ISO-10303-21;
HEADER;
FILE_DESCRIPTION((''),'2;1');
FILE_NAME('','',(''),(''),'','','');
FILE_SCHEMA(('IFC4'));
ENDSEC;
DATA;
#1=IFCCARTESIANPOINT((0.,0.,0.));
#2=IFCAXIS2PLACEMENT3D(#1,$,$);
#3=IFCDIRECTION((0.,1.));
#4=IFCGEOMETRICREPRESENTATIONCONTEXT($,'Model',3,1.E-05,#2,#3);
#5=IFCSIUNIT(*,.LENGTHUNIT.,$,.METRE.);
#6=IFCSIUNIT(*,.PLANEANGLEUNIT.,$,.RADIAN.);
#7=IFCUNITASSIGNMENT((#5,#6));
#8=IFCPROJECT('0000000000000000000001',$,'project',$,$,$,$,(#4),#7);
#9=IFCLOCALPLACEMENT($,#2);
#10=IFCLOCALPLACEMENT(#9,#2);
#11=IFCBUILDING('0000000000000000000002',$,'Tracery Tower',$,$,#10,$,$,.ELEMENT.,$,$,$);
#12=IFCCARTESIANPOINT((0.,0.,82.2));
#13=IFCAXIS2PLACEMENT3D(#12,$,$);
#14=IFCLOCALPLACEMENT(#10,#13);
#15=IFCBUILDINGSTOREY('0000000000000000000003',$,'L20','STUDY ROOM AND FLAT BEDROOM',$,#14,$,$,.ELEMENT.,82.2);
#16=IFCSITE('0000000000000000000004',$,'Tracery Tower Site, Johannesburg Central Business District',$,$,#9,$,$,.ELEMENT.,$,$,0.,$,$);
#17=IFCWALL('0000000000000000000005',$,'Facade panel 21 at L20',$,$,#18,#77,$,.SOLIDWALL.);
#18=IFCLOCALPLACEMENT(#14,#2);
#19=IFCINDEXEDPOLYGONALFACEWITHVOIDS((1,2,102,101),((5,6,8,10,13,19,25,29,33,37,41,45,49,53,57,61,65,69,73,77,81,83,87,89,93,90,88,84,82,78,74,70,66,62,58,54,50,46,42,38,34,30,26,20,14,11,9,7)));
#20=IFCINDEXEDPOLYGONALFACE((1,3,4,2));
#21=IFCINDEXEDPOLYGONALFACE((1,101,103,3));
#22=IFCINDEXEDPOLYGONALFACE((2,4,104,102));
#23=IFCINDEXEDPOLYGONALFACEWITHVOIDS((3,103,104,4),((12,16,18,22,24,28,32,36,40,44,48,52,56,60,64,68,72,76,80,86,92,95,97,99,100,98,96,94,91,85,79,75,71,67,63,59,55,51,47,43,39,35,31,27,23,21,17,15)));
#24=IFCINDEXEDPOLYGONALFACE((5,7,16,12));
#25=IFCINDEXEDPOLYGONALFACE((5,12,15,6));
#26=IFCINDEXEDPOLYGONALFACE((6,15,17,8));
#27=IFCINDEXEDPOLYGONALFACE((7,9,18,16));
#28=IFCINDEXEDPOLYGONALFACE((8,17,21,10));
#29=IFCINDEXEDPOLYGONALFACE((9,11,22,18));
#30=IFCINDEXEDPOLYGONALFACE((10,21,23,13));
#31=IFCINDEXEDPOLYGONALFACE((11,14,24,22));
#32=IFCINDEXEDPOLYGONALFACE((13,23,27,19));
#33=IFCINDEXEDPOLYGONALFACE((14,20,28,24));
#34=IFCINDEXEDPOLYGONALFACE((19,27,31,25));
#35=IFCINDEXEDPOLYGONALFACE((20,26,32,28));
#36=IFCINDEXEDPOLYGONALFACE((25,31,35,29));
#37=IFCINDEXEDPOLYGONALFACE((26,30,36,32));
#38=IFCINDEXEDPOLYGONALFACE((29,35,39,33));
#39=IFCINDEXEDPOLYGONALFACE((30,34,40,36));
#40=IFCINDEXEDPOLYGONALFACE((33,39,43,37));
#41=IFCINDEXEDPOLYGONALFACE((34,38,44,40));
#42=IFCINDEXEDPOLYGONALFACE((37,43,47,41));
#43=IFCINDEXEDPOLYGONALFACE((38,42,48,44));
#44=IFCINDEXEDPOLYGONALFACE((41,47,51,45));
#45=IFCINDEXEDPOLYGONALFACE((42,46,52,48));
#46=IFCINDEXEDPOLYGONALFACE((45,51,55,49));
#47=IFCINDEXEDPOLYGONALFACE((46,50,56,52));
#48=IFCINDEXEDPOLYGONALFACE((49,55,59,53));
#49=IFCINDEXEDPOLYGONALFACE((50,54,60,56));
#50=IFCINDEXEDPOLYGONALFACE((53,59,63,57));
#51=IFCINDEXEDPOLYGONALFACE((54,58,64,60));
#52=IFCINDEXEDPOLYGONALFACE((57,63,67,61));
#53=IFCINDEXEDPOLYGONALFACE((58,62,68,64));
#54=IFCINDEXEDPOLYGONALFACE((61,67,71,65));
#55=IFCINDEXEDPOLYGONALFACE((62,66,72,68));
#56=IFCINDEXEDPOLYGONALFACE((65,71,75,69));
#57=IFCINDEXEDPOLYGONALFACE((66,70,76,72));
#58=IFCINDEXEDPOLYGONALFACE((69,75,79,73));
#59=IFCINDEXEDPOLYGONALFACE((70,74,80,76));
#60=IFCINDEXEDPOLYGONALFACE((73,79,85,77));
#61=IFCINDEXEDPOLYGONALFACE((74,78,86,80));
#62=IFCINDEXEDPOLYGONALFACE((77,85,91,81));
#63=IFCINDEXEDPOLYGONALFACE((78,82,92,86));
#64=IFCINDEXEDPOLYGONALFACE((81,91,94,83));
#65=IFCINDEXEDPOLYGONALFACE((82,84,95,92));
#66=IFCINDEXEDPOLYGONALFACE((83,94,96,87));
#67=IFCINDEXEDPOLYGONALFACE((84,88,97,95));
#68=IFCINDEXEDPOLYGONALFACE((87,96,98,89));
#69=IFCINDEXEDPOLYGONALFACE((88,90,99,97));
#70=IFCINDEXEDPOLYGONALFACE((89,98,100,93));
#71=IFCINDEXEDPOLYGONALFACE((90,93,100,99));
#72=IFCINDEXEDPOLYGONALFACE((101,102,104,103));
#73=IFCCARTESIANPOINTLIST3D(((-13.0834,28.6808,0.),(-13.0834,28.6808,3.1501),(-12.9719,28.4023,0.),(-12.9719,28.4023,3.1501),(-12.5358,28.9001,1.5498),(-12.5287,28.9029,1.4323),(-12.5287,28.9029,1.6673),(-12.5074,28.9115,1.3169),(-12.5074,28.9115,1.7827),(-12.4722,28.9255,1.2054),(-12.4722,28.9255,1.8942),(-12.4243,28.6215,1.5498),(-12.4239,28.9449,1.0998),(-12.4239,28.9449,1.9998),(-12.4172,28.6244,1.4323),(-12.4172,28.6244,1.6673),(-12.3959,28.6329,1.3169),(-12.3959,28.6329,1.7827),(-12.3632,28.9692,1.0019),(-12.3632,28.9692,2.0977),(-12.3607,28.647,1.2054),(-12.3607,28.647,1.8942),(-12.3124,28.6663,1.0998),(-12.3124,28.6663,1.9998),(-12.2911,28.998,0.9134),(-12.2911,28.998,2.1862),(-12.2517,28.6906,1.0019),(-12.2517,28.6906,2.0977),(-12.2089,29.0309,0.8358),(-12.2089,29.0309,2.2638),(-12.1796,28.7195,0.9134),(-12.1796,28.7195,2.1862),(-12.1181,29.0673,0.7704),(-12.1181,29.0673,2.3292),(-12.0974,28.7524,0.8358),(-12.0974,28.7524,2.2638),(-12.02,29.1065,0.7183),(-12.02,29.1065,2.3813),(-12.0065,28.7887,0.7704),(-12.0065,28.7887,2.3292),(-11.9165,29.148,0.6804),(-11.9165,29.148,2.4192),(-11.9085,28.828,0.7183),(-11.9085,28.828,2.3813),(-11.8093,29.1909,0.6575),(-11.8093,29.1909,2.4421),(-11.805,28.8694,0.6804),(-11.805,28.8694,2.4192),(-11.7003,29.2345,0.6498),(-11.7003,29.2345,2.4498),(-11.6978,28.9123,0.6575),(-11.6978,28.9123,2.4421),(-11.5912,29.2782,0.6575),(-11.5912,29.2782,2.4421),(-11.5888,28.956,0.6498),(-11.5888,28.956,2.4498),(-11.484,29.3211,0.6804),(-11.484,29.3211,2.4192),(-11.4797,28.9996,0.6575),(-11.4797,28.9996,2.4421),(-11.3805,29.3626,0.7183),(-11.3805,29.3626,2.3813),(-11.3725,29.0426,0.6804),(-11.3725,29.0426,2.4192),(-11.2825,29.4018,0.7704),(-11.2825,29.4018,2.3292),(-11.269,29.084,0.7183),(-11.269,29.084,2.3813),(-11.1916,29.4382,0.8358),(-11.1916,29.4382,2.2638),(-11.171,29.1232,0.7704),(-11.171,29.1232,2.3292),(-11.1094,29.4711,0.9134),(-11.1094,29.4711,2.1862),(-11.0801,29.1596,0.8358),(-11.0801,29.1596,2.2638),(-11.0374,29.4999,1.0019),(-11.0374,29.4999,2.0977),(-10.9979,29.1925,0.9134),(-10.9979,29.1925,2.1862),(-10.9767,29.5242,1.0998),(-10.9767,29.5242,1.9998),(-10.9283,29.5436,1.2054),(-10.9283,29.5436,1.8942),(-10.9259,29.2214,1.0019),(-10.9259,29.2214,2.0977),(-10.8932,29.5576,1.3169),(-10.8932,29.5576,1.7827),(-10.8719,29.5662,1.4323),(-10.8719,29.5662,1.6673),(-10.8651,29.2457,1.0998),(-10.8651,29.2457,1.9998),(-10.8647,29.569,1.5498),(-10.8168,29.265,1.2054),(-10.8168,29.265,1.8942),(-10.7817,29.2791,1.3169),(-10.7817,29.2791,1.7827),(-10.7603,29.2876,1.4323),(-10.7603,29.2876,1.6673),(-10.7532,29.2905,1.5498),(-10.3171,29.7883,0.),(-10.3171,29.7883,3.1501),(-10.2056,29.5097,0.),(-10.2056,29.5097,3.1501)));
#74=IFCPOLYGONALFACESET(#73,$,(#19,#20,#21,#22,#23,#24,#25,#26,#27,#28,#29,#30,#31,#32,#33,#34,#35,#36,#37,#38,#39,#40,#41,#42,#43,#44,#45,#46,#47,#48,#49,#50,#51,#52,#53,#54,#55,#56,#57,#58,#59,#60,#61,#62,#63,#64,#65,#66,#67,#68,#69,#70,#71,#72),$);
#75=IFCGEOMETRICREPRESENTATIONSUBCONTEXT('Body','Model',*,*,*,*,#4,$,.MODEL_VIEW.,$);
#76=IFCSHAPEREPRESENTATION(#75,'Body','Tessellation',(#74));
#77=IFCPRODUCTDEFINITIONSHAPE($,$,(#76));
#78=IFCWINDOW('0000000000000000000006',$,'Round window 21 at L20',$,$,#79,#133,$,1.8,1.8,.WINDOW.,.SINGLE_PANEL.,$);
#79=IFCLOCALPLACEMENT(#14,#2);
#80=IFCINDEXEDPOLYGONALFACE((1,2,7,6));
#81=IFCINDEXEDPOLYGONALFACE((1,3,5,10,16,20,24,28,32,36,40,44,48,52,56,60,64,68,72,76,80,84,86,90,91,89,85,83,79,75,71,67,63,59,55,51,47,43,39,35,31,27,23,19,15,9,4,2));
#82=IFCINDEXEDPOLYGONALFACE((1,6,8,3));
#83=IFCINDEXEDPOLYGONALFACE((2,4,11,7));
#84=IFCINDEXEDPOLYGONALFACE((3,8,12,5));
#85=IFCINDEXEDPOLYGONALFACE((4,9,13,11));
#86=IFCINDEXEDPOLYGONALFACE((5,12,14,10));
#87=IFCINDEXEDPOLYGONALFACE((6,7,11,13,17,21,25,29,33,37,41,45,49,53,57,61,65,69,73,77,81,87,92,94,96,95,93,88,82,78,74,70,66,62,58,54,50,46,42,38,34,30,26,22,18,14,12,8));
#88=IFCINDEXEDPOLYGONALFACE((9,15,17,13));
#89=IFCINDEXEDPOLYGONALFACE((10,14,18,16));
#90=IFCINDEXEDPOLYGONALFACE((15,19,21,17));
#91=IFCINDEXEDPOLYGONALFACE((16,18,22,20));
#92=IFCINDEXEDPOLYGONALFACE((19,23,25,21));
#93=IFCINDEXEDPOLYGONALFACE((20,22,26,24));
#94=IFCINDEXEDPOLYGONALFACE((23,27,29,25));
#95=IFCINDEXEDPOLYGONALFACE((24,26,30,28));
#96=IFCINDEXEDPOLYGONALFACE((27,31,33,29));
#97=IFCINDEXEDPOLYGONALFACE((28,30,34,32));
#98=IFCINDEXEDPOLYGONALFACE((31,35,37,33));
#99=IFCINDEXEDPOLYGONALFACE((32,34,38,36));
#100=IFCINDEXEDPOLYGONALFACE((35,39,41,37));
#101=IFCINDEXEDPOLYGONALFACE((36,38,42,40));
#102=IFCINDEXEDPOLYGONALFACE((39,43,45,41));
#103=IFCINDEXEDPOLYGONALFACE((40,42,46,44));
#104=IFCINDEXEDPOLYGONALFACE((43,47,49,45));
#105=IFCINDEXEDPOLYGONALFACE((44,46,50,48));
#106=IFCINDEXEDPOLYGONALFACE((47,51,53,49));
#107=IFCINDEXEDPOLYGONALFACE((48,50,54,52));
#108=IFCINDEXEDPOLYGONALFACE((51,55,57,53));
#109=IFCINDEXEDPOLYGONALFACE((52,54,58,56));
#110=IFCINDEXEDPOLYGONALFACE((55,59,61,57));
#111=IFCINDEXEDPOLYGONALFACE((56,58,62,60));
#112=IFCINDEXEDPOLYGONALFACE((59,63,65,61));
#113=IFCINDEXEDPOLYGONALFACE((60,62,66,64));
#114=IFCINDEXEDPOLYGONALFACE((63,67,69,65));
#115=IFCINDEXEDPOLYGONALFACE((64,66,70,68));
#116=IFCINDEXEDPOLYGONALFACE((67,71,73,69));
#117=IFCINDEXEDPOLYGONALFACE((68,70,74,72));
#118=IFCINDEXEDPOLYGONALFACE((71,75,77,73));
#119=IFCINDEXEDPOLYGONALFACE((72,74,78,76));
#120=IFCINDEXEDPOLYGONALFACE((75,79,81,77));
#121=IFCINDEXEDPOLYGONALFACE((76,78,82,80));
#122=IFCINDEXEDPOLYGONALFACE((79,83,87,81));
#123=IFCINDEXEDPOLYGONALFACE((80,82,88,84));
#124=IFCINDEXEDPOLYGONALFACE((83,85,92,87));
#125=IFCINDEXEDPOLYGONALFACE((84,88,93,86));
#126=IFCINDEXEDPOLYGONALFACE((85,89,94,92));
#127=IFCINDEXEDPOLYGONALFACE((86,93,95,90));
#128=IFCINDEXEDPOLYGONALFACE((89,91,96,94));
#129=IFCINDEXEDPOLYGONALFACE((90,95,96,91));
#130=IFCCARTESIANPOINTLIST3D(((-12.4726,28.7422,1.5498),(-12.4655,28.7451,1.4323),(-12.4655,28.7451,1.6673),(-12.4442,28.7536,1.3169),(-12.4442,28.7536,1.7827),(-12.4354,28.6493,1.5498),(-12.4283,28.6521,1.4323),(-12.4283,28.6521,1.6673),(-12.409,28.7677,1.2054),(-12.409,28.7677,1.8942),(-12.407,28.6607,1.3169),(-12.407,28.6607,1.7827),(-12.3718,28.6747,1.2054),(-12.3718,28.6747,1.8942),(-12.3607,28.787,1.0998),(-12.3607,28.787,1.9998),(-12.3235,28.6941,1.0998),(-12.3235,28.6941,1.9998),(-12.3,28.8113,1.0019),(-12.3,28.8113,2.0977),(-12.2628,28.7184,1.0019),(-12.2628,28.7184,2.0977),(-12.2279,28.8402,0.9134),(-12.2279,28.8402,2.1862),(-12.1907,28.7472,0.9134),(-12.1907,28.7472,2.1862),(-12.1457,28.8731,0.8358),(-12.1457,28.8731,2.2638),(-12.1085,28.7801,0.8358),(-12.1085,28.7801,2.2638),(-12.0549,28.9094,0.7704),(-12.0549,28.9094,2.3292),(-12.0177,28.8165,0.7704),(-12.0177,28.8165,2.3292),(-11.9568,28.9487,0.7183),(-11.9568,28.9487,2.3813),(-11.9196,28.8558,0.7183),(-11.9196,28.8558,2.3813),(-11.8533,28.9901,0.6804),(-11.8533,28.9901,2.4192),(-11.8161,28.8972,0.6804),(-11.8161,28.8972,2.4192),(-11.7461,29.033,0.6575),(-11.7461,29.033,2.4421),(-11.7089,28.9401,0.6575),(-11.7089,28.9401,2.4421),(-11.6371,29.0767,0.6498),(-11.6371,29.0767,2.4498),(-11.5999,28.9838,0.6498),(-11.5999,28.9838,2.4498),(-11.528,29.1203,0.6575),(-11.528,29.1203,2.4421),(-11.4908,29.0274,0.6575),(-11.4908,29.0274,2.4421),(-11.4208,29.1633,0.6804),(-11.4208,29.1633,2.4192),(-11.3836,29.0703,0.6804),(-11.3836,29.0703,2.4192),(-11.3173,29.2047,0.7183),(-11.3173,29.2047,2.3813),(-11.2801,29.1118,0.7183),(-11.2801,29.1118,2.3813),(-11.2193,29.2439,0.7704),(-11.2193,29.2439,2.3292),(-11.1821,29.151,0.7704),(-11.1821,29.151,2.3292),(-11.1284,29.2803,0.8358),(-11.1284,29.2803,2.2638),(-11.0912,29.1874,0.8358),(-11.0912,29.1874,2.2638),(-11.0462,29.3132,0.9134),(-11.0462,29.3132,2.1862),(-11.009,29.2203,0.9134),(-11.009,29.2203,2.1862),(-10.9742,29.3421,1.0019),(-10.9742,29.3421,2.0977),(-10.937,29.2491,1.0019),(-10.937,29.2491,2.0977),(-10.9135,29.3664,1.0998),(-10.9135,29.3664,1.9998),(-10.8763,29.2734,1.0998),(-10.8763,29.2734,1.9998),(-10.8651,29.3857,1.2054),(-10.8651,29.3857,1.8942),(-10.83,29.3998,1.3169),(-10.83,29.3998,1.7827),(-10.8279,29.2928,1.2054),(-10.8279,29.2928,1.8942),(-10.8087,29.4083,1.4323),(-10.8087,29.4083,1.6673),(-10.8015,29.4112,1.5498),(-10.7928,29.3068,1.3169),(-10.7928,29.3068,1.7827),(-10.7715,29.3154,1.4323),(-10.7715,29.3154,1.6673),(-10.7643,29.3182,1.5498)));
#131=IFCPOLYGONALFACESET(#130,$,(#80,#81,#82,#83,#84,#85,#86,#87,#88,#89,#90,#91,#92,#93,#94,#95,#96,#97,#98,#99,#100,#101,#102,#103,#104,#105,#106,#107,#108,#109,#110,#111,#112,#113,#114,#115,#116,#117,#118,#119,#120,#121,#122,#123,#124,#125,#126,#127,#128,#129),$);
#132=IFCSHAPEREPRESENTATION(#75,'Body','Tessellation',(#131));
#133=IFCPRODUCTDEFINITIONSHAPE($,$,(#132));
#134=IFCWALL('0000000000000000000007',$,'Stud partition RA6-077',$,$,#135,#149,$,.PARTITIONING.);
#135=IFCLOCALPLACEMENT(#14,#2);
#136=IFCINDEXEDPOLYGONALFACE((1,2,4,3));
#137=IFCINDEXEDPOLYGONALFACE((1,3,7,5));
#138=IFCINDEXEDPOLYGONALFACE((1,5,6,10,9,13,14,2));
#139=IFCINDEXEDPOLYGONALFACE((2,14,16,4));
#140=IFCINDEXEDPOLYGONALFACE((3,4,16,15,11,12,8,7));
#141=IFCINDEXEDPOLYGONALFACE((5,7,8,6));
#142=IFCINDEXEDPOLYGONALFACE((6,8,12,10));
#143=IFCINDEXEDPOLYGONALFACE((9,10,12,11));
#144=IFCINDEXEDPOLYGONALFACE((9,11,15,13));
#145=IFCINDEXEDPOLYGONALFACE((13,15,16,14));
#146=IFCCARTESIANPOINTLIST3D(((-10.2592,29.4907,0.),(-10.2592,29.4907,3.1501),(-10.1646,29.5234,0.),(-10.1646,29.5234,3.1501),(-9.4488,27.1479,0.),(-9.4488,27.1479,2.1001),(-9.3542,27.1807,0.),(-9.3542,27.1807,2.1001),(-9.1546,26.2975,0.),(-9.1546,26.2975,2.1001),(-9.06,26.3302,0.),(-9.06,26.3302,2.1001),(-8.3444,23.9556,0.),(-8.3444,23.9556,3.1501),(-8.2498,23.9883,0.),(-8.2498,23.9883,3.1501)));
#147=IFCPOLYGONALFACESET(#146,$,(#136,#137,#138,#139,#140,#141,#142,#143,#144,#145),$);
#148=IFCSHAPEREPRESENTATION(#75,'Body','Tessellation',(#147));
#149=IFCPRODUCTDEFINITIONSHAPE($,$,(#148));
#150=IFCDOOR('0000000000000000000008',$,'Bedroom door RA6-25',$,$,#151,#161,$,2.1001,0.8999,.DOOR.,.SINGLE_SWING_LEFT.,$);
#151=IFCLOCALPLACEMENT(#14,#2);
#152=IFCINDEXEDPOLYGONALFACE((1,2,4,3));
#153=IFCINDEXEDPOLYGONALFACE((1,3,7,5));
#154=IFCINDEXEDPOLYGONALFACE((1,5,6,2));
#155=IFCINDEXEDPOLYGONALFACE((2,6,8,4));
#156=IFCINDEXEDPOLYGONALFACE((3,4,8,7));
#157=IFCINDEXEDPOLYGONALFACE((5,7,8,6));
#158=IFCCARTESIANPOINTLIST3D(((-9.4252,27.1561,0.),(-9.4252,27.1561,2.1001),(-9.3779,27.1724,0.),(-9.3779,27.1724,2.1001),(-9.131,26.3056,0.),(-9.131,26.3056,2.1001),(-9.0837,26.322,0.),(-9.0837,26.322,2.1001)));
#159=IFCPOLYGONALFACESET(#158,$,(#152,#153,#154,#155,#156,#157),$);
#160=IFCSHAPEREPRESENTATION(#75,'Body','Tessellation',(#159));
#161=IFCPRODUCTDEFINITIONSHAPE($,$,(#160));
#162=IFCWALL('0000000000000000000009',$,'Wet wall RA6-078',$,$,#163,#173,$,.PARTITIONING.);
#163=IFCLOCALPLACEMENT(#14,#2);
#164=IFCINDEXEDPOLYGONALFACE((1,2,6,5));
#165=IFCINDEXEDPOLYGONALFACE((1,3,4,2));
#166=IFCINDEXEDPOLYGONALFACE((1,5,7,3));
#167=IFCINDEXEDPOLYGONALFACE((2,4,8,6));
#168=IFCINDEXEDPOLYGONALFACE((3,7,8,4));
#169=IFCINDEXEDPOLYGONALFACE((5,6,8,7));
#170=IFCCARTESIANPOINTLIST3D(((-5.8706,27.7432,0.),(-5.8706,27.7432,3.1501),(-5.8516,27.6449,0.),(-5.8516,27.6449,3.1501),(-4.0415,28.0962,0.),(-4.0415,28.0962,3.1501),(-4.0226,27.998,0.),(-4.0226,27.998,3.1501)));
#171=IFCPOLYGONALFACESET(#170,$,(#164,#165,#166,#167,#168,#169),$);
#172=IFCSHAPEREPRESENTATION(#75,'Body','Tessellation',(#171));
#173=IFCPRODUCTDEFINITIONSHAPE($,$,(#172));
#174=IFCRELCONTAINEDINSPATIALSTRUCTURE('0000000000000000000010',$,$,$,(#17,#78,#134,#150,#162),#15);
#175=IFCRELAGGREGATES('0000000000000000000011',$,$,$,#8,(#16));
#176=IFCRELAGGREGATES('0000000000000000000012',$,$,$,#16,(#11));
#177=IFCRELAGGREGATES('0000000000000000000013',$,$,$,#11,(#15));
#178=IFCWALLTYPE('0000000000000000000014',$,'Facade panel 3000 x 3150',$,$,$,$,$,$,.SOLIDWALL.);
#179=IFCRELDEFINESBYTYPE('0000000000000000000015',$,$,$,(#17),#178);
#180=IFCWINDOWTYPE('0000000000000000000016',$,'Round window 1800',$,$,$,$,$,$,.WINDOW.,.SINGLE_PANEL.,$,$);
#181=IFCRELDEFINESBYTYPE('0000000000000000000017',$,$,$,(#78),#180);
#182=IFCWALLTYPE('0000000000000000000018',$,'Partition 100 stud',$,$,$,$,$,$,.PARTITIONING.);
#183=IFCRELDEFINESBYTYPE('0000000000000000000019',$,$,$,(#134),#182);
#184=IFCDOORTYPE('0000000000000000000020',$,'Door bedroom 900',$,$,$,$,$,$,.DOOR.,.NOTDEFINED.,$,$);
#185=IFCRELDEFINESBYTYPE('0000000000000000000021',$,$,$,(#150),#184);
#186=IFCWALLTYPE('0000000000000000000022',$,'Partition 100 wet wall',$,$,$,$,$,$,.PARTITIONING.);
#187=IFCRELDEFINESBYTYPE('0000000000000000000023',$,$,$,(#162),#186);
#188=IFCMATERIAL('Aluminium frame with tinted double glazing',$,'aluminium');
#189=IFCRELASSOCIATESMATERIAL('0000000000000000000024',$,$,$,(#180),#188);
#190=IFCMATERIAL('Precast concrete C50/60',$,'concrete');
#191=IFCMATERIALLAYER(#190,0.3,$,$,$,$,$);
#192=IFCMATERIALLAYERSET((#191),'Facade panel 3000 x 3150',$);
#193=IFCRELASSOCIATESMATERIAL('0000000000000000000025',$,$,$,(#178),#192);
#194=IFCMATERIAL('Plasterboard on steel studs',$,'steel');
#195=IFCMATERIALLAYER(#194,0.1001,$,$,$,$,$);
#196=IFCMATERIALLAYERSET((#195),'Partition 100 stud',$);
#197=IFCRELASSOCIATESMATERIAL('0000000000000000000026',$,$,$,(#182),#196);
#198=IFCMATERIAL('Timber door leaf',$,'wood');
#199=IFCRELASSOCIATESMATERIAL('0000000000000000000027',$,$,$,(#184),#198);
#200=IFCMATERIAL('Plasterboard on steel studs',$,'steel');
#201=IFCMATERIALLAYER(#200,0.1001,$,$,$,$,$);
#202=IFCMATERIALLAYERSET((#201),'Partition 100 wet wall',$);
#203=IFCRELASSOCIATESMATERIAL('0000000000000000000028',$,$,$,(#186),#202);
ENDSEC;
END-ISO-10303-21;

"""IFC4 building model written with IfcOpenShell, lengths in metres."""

from ifc_helpers import new_model, si_unit, direction, frame, frame_2d, origin, origin_2d, place, context, subcontext, project, spatial, rectangle, circle, extrude, material, layer, layer_set, type_object, element, fill, save


model = new_model("IFC4")

# Units and contexts
model_context = context("Model", 3, precision=1e-05, world=origin(), true_north=direction((0.0, 1.0)))
body_context = subcontext(model_context, "Body", "Model", "MODEL_VIEW")
ifc_project = project(units=[si_unit("LENGTHUNIT", "METRE"), si_unit("PLANEANGLEUNIT", "RADIAN")], contexts=[model_context])

# Site, building, storey
site_placement = place(None, origin())
site = spatial("IfcSite", under=ifc_project, at=site_placement, Name="Tracery Tower Site, Johannesburg Central Business District", CompositionType="ELEMENT", RefElevation=0.0)
building_placement = place(site_placement, origin())
building = spatial("IfcBuilding", under=site, at=building_placement, Name="Tracery Tower", CompositionType="ELEMENT")
storey_placement = place(building_placement, frame((0.0, 0.0, 82.2)))
storey = spatial("IfcBuildingStorey", under=building, at=storey_placement, Name="L20", Description="STUDY ROOM AND FLAT BEDROOM", CompositionType="ELEMENT", Elevation=82.2)

# Wall, opening, window
ifc_material_1 = material(Name="Aluminium frame with tinted double glazing", Category="aluminium")
window_type = type_object("IfcWindowType", Name="Round window 1800", PartitioningType="SINGLE_PANEL", PredefinedType="WINDOW", material=ifc_material_1)
ifc_material_2 = material(Name="Precast concrete C50/60", Category="concrete")
ifc_layer_1 = layer(ifc_material_2, 0.3)
ifc_layer_set_1 = layer_set([ifc_layer_1], Name="Facade panel 3000 x 3150")
wall_type_1 = type_object("IfcWallType", Name="Facade panel 3000 x 3150", PredefinedType="SOLIDWALL", material=ifc_layer_set_1)
wall_1_placement = place(storey_placement, frame((-10.2615, 29.6489, 0.0), z_axis=(0.0, 0.0, 1.0), x_axis=(-0.928375, -0.371645, 0.0)))
wall_1 = element("IfcWall", 1, at=wall_1_placement, inside=storey, type_object=wall_type_1, Name="Facade panel 21 at L20", PredefinedType="SOLIDWALL", context=body_context, shape_type="SweptSolid", body=[
    extrude(rectangle(XDim=2.9797, YDim=0.3, at=frame_2d((1.4897, 0.0))), origin(), (0.0, 0.0, 1.0), 3.1501),
])
opening_1_placement = place(wall_1_placement, frame((1.4897, 0.0, 1.5498)))
opening_1 = element("IfcOpeningElement", 2, at=opening_1_placement, cuts=wall_1, PredefinedType="OPENING", context=body_context, shape_type="SweptSolid", body=[
    extrude(circle(Radius=0.9, at=origin_2d()), frame((0.0, 0.1599, 0.0), z_axis=(0.0, -1.0, 0.0), x_axis=(1.0, 0.0, 0.0)), (0.0, 0.0, 1.0), 0.3201),
])
window_1_placement = place(opening_1_placement, origin())
window_1 = element("IfcWindow", 3, at=window_1_placement, inside=storey, type_object=window_type, Name="Round window 21 at L20", OverallHeight=1.8, OverallWidth=1.8, PartitioningType="SINGLE_PANEL", PredefinedType="WINDOW", context=body_context, shape_type="SweptSolid", body=[
    extrude(circle(Radius=0.9, at=origin_2d()), frame((0.0, 0.1201, 0.0), z_axis=(0.0, -1.0, 0.0), x_axis=(1.0, 0.0, 0.0)), (0.0, 0.0, 1.0), 0.1001),
])
fill(opening_1, window_1)

# Wall, opening, door
ifc_material_3 = material(Name="Plasterboard on steel studs", Category="steel")
ifc_layer_2 = layer(ifc_material_3, 0.1001)
ifc_layer_set_2 = layer_set([ifc_layer_2], Name="Partition 100 stud")
wall_type_2 = type_object("IfcWallType", Name="Partition 100 stud", PredefinedType="PARTITIONING", material=ifc_layer_set_2)
wall_2_placement = place(storey_placement, frame((-10.2119, 29.5071, 0.0), z_axis=(0.0, 0.0, 1.0), x_axis=(0.326924, -0.94505, 0.0)))
wall_2 = element("IfcWall", 4, at=wall_2_placement, inside=storey, type_object=wall_type_2, Name="Stud partition RA6-077", PredefinedType="PARTITIONING", context=body_context, shape_type="SweptSolid", body=[
    extrude(rectangle(XDim=5.8569, YDim=0.1001, at=frame_2d((2.9285, 0.0))), origin(), (0.0, 0.0, 1.0), 3.1501),
])
opening_2_placement = place(wall_2_placement, frame((2.479, 0.0, 0.0)))
opening_2 = element("IfcOpeningElement", 5, at=opening_2_placement, cuts=wall_2, PredefinedType="OPENING", context=body_context, shape_type="SweptSolid", body=[
    extrude(rectangle(XDim=0.8999, YDim=2.1001, at=frame_2d((0.45, 1.05))), frame((0.0, 0.05, 0.0), z_axis=(0.0, -1.0, 0.0), x_axis=(1.0, 0.0, 0.0)), (0.0, 0.0, 1.0), 0.1001),
])
ifc_material_4 = material(Name="Timber door leaf", Category="wood")
door_type_1 = type_object("IfcDoorType", Name="Door bedroom 900", OperationType="NOTDEFINED", PredefinedType="DOOR", material=ifc_material_4)
door_1_placement = place(opening_2_placement, origin())
door_1 = element("IfcDoor", 6, at=door_1_placement, inside=storey, type_object=door_type_1, Name="Bedroom door RA6-25", OperationType="SINGLE_SWING_LEFT", OverallHeight=2.1001, OverallWidth=0.8999, PredefinedType="DOOR", context=body_context, shape_type="SweptSolid", body=[
    extrude(rectangle(XDim=0.8999, YDim=2.1001, at=frame_2d((0.45, 1.05))), frame((0.0, 0.0249, 0.0), z_axis=(0.0, -1.0, 0.0), x_axis=(1.0, 0.0, 0.0)), (0.0, 0.0, 1.0), 0.05),
])
fill(opening_2, door_1)

# Wall
ifc_material_5 = material(Name="Plasterboard on steel studs", Category="steel")
ifc_layer_3 = layer(ifc_material_5, 0.1001)
ifc_layer_set_3 = layer_set([ifc_layer_3], Name="Partition 100 wet wall")
wall_type_3 = type_object("IfcWallType", Name="Partition 100 wet wall", PredefinedType="PARTITIONING", material=ifc_layer_set_3)
wall_3_placement = place(storey_placement, frame((-5.8611, 27.6941, 0.0), z_axis=(0.0, 0.0, 1.0), x_axis=(0.981879, 0.189508, 0.0)))
element("IfcWall", 7, at=wall_3_placement, inside=storey, type_object=wall_type_3, Name="Wet wall RA6-078", PredefinedType="PARTITIONING", context=body_context, shape_type="SweptSolid", body=[
    extrude(rectangle(XDim=1.8628, YDim=0.1001, at=frame_2d((0.9314, 0.0))), origin(), (0.0, 0.0, 1.0), 3.1501),
])

save(model, "model.ifc")
